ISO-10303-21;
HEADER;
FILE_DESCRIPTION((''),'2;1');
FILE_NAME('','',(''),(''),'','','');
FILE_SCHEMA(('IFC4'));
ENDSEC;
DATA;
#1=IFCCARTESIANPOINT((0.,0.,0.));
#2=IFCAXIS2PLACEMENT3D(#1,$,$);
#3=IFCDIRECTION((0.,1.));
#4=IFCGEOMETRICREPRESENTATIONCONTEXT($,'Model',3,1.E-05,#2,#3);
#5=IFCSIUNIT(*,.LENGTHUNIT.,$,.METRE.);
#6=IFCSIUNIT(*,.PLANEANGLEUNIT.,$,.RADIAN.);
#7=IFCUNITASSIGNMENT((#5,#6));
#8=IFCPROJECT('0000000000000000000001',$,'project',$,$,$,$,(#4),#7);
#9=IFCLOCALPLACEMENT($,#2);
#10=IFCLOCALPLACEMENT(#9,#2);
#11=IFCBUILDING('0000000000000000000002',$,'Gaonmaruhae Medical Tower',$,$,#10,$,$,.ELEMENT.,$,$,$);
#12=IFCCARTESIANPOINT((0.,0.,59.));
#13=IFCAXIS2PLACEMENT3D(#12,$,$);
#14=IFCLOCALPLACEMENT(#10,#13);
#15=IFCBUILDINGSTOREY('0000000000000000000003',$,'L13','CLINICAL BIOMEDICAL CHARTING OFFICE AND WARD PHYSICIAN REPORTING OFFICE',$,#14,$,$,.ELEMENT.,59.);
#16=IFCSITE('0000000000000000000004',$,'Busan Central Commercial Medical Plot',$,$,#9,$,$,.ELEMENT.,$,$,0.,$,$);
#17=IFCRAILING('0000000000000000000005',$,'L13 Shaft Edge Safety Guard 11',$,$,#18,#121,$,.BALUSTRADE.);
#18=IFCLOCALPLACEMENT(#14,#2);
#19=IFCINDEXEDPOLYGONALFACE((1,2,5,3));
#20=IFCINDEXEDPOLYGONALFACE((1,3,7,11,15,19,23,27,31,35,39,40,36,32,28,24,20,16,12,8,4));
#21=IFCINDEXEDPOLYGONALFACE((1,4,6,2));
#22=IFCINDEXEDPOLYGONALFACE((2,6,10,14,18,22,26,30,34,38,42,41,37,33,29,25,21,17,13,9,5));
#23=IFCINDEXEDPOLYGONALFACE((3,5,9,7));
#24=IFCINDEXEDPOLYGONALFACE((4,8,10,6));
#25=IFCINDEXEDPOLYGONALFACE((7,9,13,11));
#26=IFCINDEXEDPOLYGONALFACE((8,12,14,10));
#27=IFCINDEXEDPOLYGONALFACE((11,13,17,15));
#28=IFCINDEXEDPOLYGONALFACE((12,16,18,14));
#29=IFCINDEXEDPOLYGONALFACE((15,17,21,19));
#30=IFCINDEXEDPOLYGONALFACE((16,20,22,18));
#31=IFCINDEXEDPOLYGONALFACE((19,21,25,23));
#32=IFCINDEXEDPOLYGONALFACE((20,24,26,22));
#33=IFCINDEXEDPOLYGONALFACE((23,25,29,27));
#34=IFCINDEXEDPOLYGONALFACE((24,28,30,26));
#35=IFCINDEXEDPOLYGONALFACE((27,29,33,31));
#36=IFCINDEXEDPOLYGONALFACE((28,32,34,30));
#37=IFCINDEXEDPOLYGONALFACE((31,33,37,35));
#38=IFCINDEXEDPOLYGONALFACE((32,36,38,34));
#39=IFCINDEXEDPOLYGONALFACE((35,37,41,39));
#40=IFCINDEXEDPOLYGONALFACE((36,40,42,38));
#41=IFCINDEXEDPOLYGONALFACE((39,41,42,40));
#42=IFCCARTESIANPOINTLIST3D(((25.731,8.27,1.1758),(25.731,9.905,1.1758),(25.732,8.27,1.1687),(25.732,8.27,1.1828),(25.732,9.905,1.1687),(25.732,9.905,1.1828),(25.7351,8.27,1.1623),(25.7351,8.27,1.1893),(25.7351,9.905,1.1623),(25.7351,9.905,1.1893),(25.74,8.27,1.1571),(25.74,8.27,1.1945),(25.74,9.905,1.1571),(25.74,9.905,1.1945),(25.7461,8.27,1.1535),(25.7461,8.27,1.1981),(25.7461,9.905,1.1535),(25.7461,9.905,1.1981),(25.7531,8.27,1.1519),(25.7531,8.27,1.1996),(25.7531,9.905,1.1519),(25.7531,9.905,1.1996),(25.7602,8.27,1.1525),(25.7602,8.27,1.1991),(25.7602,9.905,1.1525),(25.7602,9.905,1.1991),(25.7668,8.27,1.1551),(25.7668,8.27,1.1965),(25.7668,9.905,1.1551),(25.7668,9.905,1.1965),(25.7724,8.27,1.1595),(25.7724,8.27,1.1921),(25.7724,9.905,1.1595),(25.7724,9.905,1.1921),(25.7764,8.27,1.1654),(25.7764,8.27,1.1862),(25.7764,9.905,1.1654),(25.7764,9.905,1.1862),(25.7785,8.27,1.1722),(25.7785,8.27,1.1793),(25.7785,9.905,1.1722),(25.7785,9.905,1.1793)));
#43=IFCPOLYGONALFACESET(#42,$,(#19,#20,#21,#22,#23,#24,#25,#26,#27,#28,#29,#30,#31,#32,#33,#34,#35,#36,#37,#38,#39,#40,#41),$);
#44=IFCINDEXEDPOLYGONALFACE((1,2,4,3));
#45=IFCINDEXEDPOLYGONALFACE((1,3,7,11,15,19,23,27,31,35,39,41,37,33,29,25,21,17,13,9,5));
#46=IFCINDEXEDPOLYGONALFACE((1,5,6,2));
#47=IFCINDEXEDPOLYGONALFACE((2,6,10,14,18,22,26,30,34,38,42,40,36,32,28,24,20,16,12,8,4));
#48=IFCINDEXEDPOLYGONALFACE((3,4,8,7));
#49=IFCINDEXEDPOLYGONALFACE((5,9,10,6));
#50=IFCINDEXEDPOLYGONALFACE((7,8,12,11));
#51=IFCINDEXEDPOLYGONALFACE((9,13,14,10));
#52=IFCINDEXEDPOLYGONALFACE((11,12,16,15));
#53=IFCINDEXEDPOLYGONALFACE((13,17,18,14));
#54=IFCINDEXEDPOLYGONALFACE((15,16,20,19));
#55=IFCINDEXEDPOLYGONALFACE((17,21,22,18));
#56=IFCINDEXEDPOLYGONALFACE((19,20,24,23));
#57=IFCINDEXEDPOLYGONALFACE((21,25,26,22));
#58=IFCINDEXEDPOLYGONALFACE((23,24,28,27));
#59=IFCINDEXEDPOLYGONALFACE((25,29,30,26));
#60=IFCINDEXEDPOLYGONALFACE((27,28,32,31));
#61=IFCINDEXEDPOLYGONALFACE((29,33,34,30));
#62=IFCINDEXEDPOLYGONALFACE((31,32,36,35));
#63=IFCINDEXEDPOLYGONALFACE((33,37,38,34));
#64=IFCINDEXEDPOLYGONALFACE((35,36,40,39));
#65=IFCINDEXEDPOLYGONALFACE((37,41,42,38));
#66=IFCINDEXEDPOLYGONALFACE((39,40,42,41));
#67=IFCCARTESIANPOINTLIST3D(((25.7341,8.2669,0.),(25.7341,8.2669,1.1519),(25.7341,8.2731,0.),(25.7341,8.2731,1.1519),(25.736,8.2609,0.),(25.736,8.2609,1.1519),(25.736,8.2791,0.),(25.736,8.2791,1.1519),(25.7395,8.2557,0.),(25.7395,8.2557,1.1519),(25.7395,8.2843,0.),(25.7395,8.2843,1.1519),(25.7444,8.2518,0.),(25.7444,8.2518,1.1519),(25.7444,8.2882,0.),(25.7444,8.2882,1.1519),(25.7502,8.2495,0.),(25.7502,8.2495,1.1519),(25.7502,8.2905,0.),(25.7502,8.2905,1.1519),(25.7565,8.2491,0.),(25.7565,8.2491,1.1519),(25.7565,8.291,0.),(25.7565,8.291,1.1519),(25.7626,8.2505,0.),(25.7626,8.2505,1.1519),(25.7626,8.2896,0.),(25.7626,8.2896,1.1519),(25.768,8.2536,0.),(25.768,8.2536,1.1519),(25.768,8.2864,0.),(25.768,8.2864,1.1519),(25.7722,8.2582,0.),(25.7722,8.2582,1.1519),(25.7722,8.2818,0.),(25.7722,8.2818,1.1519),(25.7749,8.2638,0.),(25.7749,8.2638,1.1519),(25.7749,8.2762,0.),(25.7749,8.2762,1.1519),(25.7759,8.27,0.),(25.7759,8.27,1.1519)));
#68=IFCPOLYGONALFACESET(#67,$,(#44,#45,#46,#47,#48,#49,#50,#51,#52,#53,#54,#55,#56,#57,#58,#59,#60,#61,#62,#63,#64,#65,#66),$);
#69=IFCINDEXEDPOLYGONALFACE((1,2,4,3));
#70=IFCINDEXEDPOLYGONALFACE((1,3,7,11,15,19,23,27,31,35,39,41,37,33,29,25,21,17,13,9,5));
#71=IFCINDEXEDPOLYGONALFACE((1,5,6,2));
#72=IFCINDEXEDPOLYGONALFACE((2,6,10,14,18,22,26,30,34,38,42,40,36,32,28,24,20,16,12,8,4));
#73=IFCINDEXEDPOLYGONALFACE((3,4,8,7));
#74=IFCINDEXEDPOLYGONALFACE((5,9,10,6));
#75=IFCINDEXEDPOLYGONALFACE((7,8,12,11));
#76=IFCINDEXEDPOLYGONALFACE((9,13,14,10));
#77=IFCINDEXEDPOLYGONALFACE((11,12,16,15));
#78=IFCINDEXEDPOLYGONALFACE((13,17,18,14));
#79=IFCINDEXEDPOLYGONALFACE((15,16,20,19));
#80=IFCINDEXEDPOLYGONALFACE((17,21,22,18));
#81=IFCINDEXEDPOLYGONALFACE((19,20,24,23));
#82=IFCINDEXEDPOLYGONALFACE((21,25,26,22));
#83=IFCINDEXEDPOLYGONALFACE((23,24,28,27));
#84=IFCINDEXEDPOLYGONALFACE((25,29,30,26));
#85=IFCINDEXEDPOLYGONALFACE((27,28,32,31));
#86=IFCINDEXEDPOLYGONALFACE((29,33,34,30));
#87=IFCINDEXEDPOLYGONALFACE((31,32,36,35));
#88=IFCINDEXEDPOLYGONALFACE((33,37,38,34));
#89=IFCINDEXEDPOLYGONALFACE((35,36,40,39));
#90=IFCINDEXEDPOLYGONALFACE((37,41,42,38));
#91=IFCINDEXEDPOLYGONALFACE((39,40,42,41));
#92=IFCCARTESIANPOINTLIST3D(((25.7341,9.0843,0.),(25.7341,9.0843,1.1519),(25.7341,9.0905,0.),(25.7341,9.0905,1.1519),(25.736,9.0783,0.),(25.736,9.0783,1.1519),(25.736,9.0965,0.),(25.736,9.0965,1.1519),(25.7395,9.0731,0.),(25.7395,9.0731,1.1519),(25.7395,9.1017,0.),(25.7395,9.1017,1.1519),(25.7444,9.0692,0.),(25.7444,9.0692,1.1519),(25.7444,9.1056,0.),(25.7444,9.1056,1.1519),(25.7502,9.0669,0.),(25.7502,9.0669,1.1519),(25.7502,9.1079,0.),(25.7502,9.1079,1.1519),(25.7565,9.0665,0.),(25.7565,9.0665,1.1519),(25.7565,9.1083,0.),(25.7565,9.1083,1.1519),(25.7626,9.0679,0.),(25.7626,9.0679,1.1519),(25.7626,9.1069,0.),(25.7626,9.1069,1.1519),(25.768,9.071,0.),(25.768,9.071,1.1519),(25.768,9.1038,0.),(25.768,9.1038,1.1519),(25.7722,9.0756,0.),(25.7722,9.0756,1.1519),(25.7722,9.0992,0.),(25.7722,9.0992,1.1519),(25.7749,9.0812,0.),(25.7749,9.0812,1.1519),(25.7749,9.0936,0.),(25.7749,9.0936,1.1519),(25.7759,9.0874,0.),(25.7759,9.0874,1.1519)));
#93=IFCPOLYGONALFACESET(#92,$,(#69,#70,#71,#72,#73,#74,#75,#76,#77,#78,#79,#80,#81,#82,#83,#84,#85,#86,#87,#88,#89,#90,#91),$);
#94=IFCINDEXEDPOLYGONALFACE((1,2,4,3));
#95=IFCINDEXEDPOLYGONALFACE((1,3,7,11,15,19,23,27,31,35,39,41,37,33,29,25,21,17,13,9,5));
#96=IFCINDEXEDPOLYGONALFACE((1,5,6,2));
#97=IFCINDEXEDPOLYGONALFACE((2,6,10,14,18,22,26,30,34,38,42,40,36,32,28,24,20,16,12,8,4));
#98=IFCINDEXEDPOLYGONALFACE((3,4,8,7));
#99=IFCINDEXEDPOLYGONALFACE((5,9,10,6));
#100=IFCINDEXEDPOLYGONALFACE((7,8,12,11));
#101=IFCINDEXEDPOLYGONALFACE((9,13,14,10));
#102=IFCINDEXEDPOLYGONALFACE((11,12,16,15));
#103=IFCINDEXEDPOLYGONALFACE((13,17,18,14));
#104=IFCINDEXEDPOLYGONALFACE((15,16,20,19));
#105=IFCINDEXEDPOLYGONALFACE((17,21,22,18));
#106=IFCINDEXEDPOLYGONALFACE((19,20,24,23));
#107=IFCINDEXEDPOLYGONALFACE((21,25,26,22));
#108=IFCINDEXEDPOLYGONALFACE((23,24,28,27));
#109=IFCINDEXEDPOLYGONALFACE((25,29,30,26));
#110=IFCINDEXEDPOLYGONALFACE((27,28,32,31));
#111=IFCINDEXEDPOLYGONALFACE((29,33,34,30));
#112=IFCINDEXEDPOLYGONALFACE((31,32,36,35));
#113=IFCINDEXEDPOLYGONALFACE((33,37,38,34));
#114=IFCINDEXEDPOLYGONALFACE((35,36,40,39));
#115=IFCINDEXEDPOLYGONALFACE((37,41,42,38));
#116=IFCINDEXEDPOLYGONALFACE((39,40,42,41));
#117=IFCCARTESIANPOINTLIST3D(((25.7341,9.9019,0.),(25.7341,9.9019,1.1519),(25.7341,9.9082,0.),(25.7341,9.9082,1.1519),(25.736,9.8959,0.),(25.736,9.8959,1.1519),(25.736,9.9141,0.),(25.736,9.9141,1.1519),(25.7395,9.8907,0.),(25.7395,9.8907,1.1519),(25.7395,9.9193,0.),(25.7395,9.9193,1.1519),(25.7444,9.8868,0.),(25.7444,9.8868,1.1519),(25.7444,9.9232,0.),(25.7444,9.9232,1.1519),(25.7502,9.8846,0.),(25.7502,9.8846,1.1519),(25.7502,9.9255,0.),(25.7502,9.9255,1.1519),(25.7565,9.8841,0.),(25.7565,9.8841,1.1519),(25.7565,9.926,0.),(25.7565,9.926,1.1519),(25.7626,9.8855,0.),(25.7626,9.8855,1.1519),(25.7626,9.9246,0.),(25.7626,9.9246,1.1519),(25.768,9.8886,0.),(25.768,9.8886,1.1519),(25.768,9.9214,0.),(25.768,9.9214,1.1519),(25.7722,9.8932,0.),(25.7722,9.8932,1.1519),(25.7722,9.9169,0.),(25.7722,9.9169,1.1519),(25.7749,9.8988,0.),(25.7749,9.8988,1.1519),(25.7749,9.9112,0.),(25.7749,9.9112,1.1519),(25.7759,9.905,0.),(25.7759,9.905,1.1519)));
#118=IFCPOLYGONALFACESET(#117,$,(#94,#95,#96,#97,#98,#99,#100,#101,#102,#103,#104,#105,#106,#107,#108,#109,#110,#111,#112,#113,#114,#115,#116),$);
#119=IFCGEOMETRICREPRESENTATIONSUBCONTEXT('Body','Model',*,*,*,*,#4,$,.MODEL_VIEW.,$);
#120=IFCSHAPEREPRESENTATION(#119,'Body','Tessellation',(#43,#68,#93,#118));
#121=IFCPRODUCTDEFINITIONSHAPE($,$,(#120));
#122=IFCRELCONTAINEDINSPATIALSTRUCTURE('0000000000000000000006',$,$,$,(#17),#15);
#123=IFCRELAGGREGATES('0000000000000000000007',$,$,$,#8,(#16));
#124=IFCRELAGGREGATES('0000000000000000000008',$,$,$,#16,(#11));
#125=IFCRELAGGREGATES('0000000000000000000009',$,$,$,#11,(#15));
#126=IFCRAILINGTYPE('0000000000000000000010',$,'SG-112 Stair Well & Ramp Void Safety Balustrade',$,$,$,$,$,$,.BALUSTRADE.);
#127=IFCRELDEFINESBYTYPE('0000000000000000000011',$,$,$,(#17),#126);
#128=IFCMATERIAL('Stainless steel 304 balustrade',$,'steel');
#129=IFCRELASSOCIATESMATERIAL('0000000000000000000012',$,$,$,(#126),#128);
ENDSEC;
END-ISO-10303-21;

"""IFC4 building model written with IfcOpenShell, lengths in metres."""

from ifc_helpers import new_model, si_unit, direction, frame, origin, origin_2d, place, context, subcontext, project, spatial, circle, extrude, material, type_object, element, save


model = new_model("IFC4")

# Units and contexts
model_context = context("Model", 3, precision=1e-05, world=origin(), true_north=direction((0.0, 1.0)))
body_context = subcontext(model_context, "Body", "Model", "MODEL_VIEW")
ifc_project = project(units=[si_unit("LENGTHUNIT", "METRE"), si_unit("PLANEANGLEUNIT", "RADIAN")], contexts=[model_context])

# Site, building, storey
site_placement = place(None, origin())
site = spatial("IfcSite", under=ifc_project, at=site_placement, Name="Busan Central Commercial Medical Plot", CompositionType="ELEMENT", RefElevation=0.0)
building_placement = place(site_placement, origin())
building = spatial("IfcBuilding", under=site, at=building_placement, Name="Gaonmaruhae Medical Tower", CompositionType="ELEMENT")
storey_placement = place(building_placement, frame((0.0, 0.0, 59.0)))
storey = spatial("IfcBuildingStorey", under=building, at=storey_placement, Name="L13", Description="CLINICAL BIOMEDICAL CHARTING OFFICE AND WARD PHYSICIAN REPORTING OFFICE", CompositionType="ELEMENT", Elevation=59.0)

# Railing
ifc_material_1 = material(Name="Stainless steel 304 balustrade", Category="steel")
railing_type_1 = type_object("IfcRailingType", Name="SG-112 Stair Well & Ramp Void Safety Balustrade", PredefinedType="BALUSTRADE", material=ifc_material_1)
railing_1_placement = place(storey_placement, frame((25.7549, 8.27, 0.0)))
element("IfcRailing", 1, at=railing_1_placement, inside=storey, type_object=railing_type_1, Name="L13 Shaft Edge Safety Guard 11", PredefinedType="BALUSTRADE", context=body_context, shape_type="SweptSolid", body=[
    extrude(circle(Radius=0.0239, at=origin_2d()), frame((0.0, 0.0, 1.1758), z_axis=(0.0, 1.0, 0.0), x_axis=(-1.0, 0.0, 0.0)), (0.0, 0.0, 1.0), 1.635),
    extrude(circle(Radius=0.021, at=origin_2d()), origin(), (0.0, 0.0, 1.0), 1.1519),
    extrude(circle(Radius=0.021, at=origin_2d()), frame((0.0, 0.8174, 0.0)), (0.0, 0.0, 1.0), 1.1519),
    extrude(circle(Radius=0.021, at=origin_2d()), frame((0.0, 1.635, 0.0)), (0.0, 0.0, 1.0), 1.1519),
])

save(model, "model.ifc")
